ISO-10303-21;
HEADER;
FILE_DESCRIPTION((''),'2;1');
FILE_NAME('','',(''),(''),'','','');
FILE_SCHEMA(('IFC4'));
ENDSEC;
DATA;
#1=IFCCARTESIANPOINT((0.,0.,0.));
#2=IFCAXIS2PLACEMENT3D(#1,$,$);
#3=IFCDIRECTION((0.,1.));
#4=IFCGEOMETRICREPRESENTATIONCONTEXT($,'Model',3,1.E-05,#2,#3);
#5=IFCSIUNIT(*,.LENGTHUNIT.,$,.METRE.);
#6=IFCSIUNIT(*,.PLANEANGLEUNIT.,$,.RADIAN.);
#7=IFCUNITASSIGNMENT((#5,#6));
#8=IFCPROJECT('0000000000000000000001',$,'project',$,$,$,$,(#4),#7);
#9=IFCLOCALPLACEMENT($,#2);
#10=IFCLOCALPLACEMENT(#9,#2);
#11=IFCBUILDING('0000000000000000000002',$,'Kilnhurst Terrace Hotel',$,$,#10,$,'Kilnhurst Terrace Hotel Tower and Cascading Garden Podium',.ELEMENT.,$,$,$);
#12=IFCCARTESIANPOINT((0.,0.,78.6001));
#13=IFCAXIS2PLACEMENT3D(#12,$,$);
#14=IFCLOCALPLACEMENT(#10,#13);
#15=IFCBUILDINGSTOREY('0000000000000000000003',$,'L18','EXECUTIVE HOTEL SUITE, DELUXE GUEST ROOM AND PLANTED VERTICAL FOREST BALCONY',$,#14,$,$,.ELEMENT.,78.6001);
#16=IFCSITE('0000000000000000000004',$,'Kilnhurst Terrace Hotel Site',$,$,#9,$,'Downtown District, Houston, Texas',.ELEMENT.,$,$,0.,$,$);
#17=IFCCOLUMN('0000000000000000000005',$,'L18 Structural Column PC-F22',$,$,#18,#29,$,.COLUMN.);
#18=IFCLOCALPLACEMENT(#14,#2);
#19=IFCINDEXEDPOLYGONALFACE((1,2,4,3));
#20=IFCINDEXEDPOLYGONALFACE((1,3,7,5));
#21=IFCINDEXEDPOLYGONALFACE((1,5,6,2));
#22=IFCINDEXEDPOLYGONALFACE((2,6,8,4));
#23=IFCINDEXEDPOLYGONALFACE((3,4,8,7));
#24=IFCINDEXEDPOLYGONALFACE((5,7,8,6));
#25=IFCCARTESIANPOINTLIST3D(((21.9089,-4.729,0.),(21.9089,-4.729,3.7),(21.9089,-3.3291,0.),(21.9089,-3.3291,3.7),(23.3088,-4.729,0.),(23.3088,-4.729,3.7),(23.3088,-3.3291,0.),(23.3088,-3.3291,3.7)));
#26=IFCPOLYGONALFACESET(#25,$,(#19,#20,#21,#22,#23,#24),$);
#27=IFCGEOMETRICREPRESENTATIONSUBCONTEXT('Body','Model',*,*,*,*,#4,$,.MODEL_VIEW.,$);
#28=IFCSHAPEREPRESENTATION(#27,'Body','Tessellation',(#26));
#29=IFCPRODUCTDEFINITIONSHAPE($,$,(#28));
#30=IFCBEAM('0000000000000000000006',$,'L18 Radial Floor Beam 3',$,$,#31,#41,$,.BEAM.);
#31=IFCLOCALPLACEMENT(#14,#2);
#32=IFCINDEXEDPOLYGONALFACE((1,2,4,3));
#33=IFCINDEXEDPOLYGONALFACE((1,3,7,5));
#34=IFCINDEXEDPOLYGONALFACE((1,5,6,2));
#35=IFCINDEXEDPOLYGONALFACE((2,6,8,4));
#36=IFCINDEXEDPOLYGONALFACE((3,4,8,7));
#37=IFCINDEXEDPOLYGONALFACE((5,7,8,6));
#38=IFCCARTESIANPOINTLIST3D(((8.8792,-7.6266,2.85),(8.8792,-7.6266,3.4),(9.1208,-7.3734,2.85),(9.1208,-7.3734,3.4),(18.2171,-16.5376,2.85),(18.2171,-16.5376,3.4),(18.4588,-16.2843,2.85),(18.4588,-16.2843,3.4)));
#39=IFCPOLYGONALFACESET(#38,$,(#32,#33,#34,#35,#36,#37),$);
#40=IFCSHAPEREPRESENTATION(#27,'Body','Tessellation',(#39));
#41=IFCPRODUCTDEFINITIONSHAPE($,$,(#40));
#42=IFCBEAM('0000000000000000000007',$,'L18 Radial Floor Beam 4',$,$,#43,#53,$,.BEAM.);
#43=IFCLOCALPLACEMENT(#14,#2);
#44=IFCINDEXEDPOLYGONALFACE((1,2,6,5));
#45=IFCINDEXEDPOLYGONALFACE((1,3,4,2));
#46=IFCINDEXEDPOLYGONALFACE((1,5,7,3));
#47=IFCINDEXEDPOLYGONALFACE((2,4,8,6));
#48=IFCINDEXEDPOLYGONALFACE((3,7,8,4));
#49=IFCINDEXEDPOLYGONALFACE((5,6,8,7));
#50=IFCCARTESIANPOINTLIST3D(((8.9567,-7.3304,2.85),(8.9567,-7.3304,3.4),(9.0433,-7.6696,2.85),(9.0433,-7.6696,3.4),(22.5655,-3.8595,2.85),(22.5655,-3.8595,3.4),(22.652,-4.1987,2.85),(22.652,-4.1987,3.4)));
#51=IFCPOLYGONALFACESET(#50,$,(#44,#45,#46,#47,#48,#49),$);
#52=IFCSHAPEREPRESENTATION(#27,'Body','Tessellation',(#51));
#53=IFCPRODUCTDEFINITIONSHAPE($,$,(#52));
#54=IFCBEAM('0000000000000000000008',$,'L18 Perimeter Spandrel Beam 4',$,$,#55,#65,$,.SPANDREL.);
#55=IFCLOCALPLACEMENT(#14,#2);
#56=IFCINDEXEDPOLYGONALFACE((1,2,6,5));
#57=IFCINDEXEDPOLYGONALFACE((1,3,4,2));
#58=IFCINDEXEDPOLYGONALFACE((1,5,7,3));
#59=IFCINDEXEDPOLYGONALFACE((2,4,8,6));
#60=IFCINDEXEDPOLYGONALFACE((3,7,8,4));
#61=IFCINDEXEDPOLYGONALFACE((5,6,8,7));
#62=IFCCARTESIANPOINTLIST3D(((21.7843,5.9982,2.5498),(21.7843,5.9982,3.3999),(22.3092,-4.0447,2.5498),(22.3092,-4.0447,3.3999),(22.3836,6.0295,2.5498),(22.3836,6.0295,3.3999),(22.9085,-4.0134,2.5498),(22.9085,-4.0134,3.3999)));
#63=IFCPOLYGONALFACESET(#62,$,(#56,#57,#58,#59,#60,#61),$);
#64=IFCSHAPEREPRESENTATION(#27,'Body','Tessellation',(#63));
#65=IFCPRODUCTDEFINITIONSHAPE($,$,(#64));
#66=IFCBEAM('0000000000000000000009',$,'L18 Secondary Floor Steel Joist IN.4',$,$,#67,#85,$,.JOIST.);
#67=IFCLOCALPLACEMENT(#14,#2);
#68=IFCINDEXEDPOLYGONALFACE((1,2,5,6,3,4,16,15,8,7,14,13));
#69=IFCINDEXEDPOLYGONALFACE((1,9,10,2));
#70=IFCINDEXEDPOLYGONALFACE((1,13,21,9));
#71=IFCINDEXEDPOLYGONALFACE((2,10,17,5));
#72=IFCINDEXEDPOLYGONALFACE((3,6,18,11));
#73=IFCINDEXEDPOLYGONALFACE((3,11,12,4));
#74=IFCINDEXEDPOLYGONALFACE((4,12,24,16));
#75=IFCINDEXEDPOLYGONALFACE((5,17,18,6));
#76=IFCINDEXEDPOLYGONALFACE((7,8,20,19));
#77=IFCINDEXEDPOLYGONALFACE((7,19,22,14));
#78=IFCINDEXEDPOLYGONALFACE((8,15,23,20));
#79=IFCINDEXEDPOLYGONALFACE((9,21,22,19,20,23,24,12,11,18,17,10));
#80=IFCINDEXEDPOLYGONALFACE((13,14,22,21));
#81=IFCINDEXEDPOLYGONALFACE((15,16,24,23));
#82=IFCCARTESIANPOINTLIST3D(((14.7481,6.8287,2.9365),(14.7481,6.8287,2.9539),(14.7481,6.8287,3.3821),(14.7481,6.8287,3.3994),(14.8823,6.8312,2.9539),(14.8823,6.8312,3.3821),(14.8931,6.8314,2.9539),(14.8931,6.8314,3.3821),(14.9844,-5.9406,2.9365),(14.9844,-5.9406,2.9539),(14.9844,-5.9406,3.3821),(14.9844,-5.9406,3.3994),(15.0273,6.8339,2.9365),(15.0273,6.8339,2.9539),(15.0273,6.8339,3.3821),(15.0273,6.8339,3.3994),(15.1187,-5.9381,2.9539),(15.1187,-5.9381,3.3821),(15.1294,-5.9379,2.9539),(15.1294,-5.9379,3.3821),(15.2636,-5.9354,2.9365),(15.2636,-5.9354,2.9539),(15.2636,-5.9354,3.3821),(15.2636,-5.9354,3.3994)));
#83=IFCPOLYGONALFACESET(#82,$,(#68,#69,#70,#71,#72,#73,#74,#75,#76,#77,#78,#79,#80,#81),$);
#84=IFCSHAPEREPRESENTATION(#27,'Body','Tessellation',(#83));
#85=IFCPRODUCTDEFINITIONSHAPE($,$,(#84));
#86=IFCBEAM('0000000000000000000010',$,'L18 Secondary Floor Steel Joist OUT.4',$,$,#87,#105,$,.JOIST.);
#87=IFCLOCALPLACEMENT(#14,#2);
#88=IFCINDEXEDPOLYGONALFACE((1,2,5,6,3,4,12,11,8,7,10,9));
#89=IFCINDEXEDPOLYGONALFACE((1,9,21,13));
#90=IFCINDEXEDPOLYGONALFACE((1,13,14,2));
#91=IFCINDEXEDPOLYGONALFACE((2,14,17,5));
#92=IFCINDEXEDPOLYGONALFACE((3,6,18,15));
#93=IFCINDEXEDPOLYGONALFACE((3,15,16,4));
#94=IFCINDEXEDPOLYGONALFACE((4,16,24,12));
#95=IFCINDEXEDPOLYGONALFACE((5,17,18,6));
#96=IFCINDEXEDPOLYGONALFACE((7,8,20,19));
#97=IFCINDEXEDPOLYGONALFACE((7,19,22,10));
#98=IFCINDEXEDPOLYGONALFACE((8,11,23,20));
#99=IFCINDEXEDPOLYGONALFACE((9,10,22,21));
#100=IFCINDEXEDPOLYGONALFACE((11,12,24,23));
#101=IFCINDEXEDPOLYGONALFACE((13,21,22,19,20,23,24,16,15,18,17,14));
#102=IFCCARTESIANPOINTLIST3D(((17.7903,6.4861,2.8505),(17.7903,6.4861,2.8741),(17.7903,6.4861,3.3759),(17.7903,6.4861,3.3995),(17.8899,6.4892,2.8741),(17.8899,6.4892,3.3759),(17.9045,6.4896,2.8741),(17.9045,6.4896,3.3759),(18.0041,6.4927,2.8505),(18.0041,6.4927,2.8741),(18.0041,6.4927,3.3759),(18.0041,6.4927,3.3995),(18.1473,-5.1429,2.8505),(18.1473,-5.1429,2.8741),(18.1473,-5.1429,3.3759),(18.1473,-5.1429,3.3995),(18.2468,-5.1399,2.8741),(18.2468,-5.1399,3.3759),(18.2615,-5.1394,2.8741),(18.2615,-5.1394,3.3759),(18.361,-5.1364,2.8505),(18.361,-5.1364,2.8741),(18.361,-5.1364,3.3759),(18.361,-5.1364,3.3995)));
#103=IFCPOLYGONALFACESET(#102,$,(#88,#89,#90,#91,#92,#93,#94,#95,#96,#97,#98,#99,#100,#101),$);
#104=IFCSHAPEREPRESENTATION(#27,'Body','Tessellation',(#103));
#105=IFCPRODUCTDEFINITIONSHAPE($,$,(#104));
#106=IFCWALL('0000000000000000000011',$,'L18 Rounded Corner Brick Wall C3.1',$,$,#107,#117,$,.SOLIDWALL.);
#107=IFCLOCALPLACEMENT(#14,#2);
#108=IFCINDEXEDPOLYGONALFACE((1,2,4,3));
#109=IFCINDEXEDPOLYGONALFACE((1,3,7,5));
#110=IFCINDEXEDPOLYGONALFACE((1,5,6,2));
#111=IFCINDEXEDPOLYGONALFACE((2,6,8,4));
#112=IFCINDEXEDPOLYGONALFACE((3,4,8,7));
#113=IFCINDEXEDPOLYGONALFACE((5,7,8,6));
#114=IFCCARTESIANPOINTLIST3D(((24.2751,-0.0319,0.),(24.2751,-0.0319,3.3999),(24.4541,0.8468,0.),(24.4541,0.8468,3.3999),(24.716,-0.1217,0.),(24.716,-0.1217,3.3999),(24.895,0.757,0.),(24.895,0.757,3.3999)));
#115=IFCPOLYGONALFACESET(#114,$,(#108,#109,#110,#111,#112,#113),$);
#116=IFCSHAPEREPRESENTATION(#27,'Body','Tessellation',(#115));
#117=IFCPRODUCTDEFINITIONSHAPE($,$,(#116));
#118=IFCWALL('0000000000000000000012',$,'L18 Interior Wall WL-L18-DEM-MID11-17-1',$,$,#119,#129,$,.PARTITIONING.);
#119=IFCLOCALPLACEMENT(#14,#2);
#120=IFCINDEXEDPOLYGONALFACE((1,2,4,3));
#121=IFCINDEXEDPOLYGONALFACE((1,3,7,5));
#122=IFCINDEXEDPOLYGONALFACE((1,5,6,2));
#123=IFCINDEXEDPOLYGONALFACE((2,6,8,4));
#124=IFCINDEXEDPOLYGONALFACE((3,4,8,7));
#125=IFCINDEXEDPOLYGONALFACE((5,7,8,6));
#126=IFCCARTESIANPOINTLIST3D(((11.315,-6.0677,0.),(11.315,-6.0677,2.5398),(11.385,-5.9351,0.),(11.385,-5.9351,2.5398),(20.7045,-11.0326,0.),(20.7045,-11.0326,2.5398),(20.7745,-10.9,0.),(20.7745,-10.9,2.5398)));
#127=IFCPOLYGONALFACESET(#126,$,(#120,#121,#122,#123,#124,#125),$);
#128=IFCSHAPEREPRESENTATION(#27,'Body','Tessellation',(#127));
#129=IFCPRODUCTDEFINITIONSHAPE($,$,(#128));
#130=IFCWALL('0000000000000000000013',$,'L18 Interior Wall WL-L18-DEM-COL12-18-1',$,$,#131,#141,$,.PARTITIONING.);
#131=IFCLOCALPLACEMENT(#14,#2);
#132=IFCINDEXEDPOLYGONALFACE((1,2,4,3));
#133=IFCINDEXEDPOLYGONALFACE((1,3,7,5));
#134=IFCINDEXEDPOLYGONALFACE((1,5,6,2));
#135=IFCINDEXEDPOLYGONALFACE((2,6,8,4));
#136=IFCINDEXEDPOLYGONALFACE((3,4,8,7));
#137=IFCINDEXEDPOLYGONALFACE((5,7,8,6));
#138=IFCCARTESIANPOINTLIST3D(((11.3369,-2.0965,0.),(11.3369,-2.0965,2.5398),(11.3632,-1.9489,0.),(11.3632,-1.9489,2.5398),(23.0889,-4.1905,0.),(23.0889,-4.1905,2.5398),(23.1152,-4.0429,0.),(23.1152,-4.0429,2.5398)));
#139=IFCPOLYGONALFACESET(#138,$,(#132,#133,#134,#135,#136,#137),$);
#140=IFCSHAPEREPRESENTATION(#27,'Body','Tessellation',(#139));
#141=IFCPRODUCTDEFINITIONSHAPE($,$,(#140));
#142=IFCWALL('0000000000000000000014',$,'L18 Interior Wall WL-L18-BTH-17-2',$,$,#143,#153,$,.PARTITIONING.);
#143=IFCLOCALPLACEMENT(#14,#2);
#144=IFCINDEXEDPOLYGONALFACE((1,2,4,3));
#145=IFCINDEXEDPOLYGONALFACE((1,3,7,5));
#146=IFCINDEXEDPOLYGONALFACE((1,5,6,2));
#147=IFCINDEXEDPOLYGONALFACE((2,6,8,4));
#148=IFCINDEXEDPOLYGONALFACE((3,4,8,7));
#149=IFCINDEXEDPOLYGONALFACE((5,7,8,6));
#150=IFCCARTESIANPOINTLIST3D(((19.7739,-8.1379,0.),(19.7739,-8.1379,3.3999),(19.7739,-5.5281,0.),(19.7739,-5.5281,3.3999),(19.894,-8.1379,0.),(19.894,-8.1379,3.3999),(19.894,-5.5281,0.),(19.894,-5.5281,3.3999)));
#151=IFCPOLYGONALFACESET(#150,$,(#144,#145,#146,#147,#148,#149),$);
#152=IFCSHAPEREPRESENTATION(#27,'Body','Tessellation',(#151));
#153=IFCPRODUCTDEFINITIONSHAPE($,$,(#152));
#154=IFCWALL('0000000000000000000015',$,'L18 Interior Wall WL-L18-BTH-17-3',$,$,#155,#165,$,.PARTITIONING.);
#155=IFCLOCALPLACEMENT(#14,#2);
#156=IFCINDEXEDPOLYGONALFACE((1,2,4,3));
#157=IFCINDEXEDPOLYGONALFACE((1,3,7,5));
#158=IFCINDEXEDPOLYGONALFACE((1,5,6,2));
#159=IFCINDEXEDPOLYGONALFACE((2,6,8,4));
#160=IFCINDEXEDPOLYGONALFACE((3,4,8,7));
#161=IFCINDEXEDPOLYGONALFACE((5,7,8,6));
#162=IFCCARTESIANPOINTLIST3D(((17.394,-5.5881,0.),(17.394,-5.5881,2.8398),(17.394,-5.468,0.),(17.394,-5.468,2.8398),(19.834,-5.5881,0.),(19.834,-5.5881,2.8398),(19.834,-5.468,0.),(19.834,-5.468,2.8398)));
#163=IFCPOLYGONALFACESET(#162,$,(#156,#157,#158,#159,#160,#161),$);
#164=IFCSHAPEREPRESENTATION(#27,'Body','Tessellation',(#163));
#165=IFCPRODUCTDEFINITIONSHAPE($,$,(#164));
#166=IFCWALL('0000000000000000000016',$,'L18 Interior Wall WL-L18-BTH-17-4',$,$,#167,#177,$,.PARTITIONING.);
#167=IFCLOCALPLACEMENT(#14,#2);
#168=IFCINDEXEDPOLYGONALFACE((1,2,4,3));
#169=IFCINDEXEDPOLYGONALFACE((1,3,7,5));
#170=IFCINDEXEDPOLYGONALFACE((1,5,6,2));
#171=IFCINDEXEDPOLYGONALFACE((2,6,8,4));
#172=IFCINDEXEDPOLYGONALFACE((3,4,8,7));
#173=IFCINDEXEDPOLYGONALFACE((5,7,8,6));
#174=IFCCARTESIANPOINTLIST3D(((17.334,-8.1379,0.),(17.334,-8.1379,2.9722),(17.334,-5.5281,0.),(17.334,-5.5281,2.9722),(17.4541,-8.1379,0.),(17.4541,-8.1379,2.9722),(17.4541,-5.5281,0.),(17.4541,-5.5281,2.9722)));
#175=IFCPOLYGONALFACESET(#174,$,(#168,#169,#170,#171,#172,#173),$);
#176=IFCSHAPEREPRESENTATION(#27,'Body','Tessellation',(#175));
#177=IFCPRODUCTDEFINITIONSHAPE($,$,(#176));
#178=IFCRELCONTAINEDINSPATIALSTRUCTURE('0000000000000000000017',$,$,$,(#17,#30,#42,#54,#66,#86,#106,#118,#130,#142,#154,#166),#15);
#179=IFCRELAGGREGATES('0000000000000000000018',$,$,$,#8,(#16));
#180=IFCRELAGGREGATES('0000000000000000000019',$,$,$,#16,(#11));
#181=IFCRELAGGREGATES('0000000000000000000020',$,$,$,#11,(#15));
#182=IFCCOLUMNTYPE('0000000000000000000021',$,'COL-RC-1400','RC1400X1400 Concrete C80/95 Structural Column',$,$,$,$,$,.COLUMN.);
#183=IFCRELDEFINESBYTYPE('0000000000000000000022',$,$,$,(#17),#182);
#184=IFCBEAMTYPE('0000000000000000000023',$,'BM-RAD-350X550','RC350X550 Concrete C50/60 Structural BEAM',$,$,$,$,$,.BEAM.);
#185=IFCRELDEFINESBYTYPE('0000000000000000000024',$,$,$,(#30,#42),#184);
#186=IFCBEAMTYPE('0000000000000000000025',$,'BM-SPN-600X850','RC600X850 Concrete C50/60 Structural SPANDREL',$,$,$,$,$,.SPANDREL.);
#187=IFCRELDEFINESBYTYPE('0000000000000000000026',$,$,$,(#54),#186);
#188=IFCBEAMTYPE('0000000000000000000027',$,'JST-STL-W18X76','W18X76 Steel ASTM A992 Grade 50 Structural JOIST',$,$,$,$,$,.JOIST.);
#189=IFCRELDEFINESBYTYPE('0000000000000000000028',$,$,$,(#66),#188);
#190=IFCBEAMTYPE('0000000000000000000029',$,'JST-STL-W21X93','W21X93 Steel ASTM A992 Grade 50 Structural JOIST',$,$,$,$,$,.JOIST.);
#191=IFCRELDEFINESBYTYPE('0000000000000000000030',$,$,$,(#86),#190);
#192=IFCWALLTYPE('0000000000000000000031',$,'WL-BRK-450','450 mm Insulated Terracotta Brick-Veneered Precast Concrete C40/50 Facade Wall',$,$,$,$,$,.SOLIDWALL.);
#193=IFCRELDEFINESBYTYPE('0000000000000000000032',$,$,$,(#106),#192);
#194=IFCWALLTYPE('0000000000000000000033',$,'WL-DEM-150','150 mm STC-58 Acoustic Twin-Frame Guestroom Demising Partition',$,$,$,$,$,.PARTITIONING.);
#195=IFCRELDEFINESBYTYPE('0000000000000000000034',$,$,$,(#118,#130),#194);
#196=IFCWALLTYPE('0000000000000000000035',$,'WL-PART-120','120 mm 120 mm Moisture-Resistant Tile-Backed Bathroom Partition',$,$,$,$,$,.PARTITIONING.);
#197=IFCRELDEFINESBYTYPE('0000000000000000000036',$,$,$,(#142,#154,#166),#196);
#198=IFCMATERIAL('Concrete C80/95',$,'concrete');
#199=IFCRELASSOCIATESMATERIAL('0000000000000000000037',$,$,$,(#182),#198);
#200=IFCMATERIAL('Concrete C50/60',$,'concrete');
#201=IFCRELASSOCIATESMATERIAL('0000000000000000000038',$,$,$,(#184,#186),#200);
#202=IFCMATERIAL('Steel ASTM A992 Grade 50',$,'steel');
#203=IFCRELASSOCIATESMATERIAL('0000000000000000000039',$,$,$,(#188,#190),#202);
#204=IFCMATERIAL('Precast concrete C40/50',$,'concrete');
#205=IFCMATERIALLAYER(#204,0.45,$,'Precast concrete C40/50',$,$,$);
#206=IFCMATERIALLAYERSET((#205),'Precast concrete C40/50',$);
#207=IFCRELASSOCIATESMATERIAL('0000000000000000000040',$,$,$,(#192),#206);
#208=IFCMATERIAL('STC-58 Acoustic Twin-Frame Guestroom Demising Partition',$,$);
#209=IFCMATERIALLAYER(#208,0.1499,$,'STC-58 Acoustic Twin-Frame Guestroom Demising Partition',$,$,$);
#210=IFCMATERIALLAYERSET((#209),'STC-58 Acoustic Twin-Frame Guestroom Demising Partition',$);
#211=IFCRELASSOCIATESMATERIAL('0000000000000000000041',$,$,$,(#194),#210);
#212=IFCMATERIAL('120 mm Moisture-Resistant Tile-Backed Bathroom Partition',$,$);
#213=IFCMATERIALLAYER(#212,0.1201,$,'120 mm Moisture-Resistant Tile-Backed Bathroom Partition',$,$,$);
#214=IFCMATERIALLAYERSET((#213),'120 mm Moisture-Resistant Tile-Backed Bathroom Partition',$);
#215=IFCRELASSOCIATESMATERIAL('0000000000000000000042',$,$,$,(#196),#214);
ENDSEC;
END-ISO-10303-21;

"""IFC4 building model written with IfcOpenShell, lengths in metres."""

from ifc_helpers import new_model, si_unit, direction, frame, frame_2d, origin, origin_2d, place, context, subcontext, project, spatial, rectangle, i_section, extrude, material, layer, layer_set, material_profile, profile_set, type_object, element, save


model = new_model("IFC4")

# Units and contexts
model_context = context("Model", 3, precision=1e-05, world=origin(), true_north=direction((0.0, 1.0)))
body_context = subcontext(model_context, "Body", "Model", "MODEL_VIEW")
ifc_project = project(units=[si_unit("LENGTHUNIT", "METRE"), si_unit("PLANEANGLEUNIT", "RADIAN")], contexts=[model_context])

# Site, building, storey
site_placement = place(None, origin())
site = spatial("IfcSite", under=ifc_project, at=site_placement, Name="Kilnhurst Terrace Hotel Site", LongName="Downtown District, Houston, Texas", CompositionType="ELEMENT", RefElevation=0.0)
building_placement = place(site_placement, origin())
building = spatial("IfcBuilding", under=site, at=building_placement, Name="Kilnhurst Terrace Hotel", LongName="Kilnhurst Terrace Hotel Tower and Cascading Garden Podium", CompositionType="ELEMENT")
storey_placement = place(building_placement, frame((0.0, 0.0, 78.6001)))
storey = spatial("IfcBuildingStorey", under=building, at=storey_placement, Name="L18", Description="EXECUTIVE HOTEL SUITE, DELUXE GUEST ROOM AND PLANTED VERTICAL FOREST BALCONY", CompositionType="ELEMENT", Elevation=78.6001)

# Column
ifc_material_1 = material(Name="Concrete C80/95", Category="concrete")
ifc_material_profile_1 = material_profile(ifc_material_1, rectangle(XDim=1.3999, YDim=1.3999, at=origin_2d()), Name="RC1400X1400")
ifc_profile_set_1 = profile_set([ifc_material_profile_1], Name="Concrete C80/95")
column_type = type_object("IfcColumnType", Name="COL-RC-1400", Description="RC1400X1400 Concrete C80/95 Structural Column", PredefinedType="COLUMN", material=ifc_profile_set_1)
column_placement = place(storey_placement, frame((22.6089, -4.0291, 0.0), z_axis=(0.0, 0.0, 1.0), x_axis=(1.0, 0.0, 0.0)))
element("IfcColumn", 1, at=column_placement, inside=storey, type_object=column_type, Name="L18 Structural Column PC-F22", PredefinedType="COLUMN", context=body_context, shape_type="SweptSolid", body=[
    extrude(rectangle(XDim=1.3999, YDim=1.3999, at=origin_2d()), origin(), (0.0, 0.0, 1.0), 3.7),
])

# Beams
ifc_material_2 = material(Name="Concrete C50/60", Category="concrete")
ifc_material_profile_2 = material_profile(ifc_material_2, rectangle(XDim=0.3501, YDim=0.55, at=origin_2d()), Name="RC350X550")
ifc_profile_set_2 = profile_set([ifc_material_profile_2], Name="Concrete C50/60")
beam_type_1 = type_object("IfcBeamType", Name="BM-RAD-350X550", Description="RC350X550 Concrete C50/60 Structural BEAM", PredefinedType="BEAM", material=ifc_profile_set_2)
beam_1_placement = place(storey_placement, frame((9.0, -7.5, 3.125), z_axis=(0.723454, -0.690372, 0.0), x_axis=(0.690372, 0.723454, 0.0)))
element("IfcBeam", 2, at=beam_1_placement, inside=storey, type_object=beam_type_1, Name="L18 Radial Floor Beam 3", PredefinedType="BEAM", context=body_context, shape_type="SweptSolid", body=[
    extrude(rectangle(XDim=0.3501, YDim=0.55, at=origin_2d()), origin(), (0.0, 0.0, 1.0), 12.9075),
])
beam_2_placement = place(storey_placement, frame((9.0, -7.5, 3.125), z_axis=(0.96898, 0.247138, 0.0), x_axis=(-0.247138, 0.96898, 0.0)))
element("IfcBeam", 3, at=beam_2_placement, inside=storey, type_object=beam_type_1, Name="L18 Radial Floor Beam 4", PredefinedType="BEAM", context=body_context, shape_type="SweptSolid", body=[
    extrude(rectangle(XDim=0.3501, YDim=0.55, at=origin_2d()), origin(), (0.0, 0.0, 1.0), 14.0444),
])
ifc_material_profile_3 = material_profile(ifc_material_2, rectangle(XDim=0.6001, YDim=0.8501, at=origin_2d()), Name="RC600X850")
ifc_profile_set_3 = profile_set([ifc_material_profile_3], Name="Concrete C50/60")
beam_type_2 = type_object("IfcBeamType", Name="BM-SPN-600X850", Description="RC600X850 Concrete C50/60 Structural SPANDREL", PredefinedType="SPANDREL", material=ifc_profile_set_3)
beam_3_placement = place(storey_placement, frame((22.6089, -4.0291, 2.9749), z_axis=(-0.052194, 0.998637, 0.0), x_axis=(-0.998637, -0.052194, 0.0)))
element("IfcBeam", 4, at=beam_3_placement, inside=storey, type_object=beam_type_2, Name="L18 Perimeter Spandrel Beam 4", PredefinedType="SPANDREL", context=body_context, shape_type="SweptSolid", body=[
    extrude(rectangle(XDim=0.6001, YDim=0.8501, at=origin_2d()), origin(), (0.0, 0.0, 1.0), 10.0566),
])
ifc_material_3 = material(Name="Steel ASTM A992 Grade 50", Category="steel")
ifc_material_profile_4 = material_profile(ifc_material_3, i_section(OverallWidth=0.2793, OverallDepth=0.4629, WebThickness=0.0107, FlangeThickness=0.0173, at=origin_2d()), Name="W18X76")
ifc_profile_set_4 = profile_set([ifc_material_profile_4], Name="Steel ASTM A992 Grade 50")
beam_type_3 = type_object("IfcBeamType", Name="JST-STL-W18X76", Description="W18X76 Steel ASTM A992 Grade 50 Structural JOIST", PredefinedType="JOIST", material=ifc_profile_set_4)
beam_4_placement = place(storey_placement, frame((15.124, -5.938, 3.168), z_axis=(-0.018504, 0.999829, 0.0), x_axis=(-0.999829, -0.018504, 0.0)))
element("IfcBeam", 5, at=beam_4_placement, inside=storey, type_object=beam_type_3, Name="L18 Secondary Floor Steel Joist IN.4", PredefinedType="JOIST", context=body_context, shape_type="SweptSolid", body=[
    extrude(i_section(OverallWidth=0.2793, OverallDepth=0.4629, WebThickness=0.0107, FlangeThickness=0.0173, at=origin_2d()), origin(), (0.0, 0.0, 1.0), 12.7715),
])
ifc_material_profile_5 = material_profile(ifc_material_3, i_section(OverallWidth=0.2139, OverallDepth=0.5491, WebThickness=0.0146, FlangeThickness=0.0237, at=origin_2d()), Name="W21X93")
ifc_profile_set_5 = profile_set([ifc_material_profile_5], Name="Steel ASTM A992 Grade 50")
beam_type_4 = type_object("IfcBeamType", Name="JST-STL-W21X93", Description="W21X93 Steel ASTM A992 Grade 50 Structural JOIST", PredefinedType="JOIST", material=ifc_profile_set_5)
beam_5_placement = place(storey_placement, frame((18.2542, -5.1396, 3.125), z_axis=(-0.030679, 0.999529, 0.0), x_axis=(-0.999529, -0.030679, 0.0)))
element("IfcBeam", 6, at=beam_5_placement, inside=storey, type_object=beam_type_4, Name="L18 Secondary Floor Steel Joist OUT.4", PredefinedType="JOIST", context=body_context, shape_type="SweptSolid", body=[
    extrude(i_section(OverallWidth=0.2139, OverallDepth=0.5491, WebThickness=0.0146, FlangeThickness=0.0237, at=origin_2d()), origin(), (0.0, 0.0, 1.0), 11.6345),
])

# Wall
ifc_material_4 = material(Name="Precast concrete C40/50", Category="concrete")
ifc_layer_1 = layer(ifc_material_4, 0.45, Name="Precast concrete C40/50")
ifc_layer_set_1 = layer_set([ifc_layer_1], Name="Precast concrete C40/50")
wall_type_1 = type_object("IfcWallType", Name="WL-BRK-450", Description="450 mm Insulated Terracotta Brick-Veneered Precast Concrete C40/50 Facade Wall", PredefinedType="SOLIDWALL", material=ifc_layer_set_1)
wall_1_placement = place(storey_placement, frame((24.4956, -0.0767, 0.0), z_axis=(0.0, 0.0, 1.0), x_axis=(0.199571, 0.979883, 0.0)))
element("IfcWall", 7, at=wall_1_placement, inside=storey, type_object=wall_type_1, Name="L18 Rounded Corner Brick Wall C3.1", PredefinedType="SOLIDWALL", context=body_context, shape_type="SweptSolid", body=[
    extrude(rectangle(XDim=0.8967, YDim=0.45, at=frame_2d((0.4482, 0.0))), origin(), (0.0, 0.0, 1.0), 3.3999),
])

# Walls
ifc_material_5 = material(Name="STC-58 Acoustic Twin-Frame Guestroom Demising Partition")
ifc_layer_2 = layer(ifc_material_5, 0.1499, Name="STC-58 Acoustic Twin-Frame Guestroom Demising Partition")
ifc_layer_set_2 = layer_set([ifc_layer_2], Name="STC-58 Acoustic Twin-Frame Guestroom Demising Partition")
wall_type_2 = type_object("IfcWallType", Name="WL-DEM-150", Description="150 mm STC-58 Acoustic Twin-Frame Guestroom Demising Partition", PredefinedType="PARTITIONING", material=ifc_layer_set_2)
wall_2_placement = place(storey_placement, frame((11.3501, -6.0015, 0.0), z_axis=(0.0, 0.0, 1.0), x_axis=(0.884022, -0.467445, 0.0)))
element("IfcWall", 8, at=wall_2_placement, inside=storey, type_object=wall_type_2, Name="L18 Interior Wall WL-L18-DEM-MID11-17-1", PredefinedType="PARTITIONING", context=body_context, shape_type="SweptSolid", body=[
    extrude(rectangle(XDim=10.6213, YDim=0.1499, at=frame_2d((5.3105, 0.0))), origin(), (0.0, 0.0, 1.0), 2.5398),
])
wall_3_placement = place(storey_placement, frame((11.3501, -2.0227, 0.0), z_axis=(0.0, 0.0, 1.0), x_axis=(0.984494, -0.17542, 0.0)))
element("IfcWall", 9, at=wall_3_placement, inside=storey, type_object=wall_type_2, Name="L18 Interior Wall WL-L18-DEM-COL12-18-1", PredefinedType="PARTITIONING", context=body_context, shape_type="SweptSolid", body=[
    extrude(rectangle(XDim=11.937, YDim=0.1499, at=frame_2d((5.9685, 0.0))), origin(), (0.0, 0.0, 1.0), 2.5398),
])
ifc_material_6 = material(Name="120 mm Moisture-Resistant Tile-Backed Bathroom Partition")
ifc_layer_3 = layer(ifc_material_6, 0.1201, Name="120 mm Moisture-Resistant Tile-Backed Bathroom Partition")
ifc_layer_set_3 = layer_set([ifc_layer_3], Name="120 mm Moisture-Resistant Tile-Backed Bathroom Partition")
wall_type_3 = type_object("IfcWallType", Name="WL-PART-120", Description="120 mm 120 mm Moisture-Resistant Tile-Backed Bathroom Partition", PredefinedType="PARTITIONING", material=ifc_layer_set_3)
wall_4_placement = place(storey_placement, frame((19.834, -8.1379, 0.0), z_axis=(0.0, 0.0, 1.0), x_axis=(0.0, 1.0, 0.0)))
element("IfcWall", 10, at=wall_4_placement, inside=storey, type_object=wall_type_3, Name="L18 Interior Wall WL-L18-BTH-17-2", PredefinedType="PARTITIONING", context=body_context, shape_type="SweptSolid", body=[
    extrude(rectangle(XDim=2.6099, YDim=0.1201, at=frame_2d((1.3049, 0.0))), origin(), (0.0, 0.0, 1.0), 3.3999),
])
wall_5_placement = place(storey_placement, frame((19.834, -5.5281, 0.0), z_axis=(0.0, 0.0, 1.0), x_axis=(-1.0, 0.0, 0.0)))
element("IfcWall", 11, at=wall_5_placement, inside=storey, type_object=wall_type_3, Name="L18 Interior Wall WL-L18-BTH-17-3", PredefinedType="PARTITIONING", context=body_context, shape_type="SweptSolid", body=[
    extrude(rectangle(XDim=2.4399, YDim=0.1201, at=frame_2d((1.22, 0.0))), origin(), (0.0, 0.0, 1.0), 2.8398),
])
wall_6_placement = place(storey_placement, frame((17.394, -5.5281, 0.0), z_axis=(0.0, 0.0, 1.0), x_axis=(0.0, -1.0, 0.0)))
element("IfcWall", 12, at=wall_6_placement, inside=storey, type_object=wall_type_3, Name="L18 Interior Wall WL-L18-BTH-17-4", PredefinedType="PARTITIONING", context=body_context, shape_type="SweptSolid", body=[
    extrude(rectangle(XDim=2.6099, YDim=0.1201, at=frame_2d((1.3049, 0.0))), origin(), (0.0, 0.0, 1.0), 2.9722),
])

save(model, "model.ifc")
